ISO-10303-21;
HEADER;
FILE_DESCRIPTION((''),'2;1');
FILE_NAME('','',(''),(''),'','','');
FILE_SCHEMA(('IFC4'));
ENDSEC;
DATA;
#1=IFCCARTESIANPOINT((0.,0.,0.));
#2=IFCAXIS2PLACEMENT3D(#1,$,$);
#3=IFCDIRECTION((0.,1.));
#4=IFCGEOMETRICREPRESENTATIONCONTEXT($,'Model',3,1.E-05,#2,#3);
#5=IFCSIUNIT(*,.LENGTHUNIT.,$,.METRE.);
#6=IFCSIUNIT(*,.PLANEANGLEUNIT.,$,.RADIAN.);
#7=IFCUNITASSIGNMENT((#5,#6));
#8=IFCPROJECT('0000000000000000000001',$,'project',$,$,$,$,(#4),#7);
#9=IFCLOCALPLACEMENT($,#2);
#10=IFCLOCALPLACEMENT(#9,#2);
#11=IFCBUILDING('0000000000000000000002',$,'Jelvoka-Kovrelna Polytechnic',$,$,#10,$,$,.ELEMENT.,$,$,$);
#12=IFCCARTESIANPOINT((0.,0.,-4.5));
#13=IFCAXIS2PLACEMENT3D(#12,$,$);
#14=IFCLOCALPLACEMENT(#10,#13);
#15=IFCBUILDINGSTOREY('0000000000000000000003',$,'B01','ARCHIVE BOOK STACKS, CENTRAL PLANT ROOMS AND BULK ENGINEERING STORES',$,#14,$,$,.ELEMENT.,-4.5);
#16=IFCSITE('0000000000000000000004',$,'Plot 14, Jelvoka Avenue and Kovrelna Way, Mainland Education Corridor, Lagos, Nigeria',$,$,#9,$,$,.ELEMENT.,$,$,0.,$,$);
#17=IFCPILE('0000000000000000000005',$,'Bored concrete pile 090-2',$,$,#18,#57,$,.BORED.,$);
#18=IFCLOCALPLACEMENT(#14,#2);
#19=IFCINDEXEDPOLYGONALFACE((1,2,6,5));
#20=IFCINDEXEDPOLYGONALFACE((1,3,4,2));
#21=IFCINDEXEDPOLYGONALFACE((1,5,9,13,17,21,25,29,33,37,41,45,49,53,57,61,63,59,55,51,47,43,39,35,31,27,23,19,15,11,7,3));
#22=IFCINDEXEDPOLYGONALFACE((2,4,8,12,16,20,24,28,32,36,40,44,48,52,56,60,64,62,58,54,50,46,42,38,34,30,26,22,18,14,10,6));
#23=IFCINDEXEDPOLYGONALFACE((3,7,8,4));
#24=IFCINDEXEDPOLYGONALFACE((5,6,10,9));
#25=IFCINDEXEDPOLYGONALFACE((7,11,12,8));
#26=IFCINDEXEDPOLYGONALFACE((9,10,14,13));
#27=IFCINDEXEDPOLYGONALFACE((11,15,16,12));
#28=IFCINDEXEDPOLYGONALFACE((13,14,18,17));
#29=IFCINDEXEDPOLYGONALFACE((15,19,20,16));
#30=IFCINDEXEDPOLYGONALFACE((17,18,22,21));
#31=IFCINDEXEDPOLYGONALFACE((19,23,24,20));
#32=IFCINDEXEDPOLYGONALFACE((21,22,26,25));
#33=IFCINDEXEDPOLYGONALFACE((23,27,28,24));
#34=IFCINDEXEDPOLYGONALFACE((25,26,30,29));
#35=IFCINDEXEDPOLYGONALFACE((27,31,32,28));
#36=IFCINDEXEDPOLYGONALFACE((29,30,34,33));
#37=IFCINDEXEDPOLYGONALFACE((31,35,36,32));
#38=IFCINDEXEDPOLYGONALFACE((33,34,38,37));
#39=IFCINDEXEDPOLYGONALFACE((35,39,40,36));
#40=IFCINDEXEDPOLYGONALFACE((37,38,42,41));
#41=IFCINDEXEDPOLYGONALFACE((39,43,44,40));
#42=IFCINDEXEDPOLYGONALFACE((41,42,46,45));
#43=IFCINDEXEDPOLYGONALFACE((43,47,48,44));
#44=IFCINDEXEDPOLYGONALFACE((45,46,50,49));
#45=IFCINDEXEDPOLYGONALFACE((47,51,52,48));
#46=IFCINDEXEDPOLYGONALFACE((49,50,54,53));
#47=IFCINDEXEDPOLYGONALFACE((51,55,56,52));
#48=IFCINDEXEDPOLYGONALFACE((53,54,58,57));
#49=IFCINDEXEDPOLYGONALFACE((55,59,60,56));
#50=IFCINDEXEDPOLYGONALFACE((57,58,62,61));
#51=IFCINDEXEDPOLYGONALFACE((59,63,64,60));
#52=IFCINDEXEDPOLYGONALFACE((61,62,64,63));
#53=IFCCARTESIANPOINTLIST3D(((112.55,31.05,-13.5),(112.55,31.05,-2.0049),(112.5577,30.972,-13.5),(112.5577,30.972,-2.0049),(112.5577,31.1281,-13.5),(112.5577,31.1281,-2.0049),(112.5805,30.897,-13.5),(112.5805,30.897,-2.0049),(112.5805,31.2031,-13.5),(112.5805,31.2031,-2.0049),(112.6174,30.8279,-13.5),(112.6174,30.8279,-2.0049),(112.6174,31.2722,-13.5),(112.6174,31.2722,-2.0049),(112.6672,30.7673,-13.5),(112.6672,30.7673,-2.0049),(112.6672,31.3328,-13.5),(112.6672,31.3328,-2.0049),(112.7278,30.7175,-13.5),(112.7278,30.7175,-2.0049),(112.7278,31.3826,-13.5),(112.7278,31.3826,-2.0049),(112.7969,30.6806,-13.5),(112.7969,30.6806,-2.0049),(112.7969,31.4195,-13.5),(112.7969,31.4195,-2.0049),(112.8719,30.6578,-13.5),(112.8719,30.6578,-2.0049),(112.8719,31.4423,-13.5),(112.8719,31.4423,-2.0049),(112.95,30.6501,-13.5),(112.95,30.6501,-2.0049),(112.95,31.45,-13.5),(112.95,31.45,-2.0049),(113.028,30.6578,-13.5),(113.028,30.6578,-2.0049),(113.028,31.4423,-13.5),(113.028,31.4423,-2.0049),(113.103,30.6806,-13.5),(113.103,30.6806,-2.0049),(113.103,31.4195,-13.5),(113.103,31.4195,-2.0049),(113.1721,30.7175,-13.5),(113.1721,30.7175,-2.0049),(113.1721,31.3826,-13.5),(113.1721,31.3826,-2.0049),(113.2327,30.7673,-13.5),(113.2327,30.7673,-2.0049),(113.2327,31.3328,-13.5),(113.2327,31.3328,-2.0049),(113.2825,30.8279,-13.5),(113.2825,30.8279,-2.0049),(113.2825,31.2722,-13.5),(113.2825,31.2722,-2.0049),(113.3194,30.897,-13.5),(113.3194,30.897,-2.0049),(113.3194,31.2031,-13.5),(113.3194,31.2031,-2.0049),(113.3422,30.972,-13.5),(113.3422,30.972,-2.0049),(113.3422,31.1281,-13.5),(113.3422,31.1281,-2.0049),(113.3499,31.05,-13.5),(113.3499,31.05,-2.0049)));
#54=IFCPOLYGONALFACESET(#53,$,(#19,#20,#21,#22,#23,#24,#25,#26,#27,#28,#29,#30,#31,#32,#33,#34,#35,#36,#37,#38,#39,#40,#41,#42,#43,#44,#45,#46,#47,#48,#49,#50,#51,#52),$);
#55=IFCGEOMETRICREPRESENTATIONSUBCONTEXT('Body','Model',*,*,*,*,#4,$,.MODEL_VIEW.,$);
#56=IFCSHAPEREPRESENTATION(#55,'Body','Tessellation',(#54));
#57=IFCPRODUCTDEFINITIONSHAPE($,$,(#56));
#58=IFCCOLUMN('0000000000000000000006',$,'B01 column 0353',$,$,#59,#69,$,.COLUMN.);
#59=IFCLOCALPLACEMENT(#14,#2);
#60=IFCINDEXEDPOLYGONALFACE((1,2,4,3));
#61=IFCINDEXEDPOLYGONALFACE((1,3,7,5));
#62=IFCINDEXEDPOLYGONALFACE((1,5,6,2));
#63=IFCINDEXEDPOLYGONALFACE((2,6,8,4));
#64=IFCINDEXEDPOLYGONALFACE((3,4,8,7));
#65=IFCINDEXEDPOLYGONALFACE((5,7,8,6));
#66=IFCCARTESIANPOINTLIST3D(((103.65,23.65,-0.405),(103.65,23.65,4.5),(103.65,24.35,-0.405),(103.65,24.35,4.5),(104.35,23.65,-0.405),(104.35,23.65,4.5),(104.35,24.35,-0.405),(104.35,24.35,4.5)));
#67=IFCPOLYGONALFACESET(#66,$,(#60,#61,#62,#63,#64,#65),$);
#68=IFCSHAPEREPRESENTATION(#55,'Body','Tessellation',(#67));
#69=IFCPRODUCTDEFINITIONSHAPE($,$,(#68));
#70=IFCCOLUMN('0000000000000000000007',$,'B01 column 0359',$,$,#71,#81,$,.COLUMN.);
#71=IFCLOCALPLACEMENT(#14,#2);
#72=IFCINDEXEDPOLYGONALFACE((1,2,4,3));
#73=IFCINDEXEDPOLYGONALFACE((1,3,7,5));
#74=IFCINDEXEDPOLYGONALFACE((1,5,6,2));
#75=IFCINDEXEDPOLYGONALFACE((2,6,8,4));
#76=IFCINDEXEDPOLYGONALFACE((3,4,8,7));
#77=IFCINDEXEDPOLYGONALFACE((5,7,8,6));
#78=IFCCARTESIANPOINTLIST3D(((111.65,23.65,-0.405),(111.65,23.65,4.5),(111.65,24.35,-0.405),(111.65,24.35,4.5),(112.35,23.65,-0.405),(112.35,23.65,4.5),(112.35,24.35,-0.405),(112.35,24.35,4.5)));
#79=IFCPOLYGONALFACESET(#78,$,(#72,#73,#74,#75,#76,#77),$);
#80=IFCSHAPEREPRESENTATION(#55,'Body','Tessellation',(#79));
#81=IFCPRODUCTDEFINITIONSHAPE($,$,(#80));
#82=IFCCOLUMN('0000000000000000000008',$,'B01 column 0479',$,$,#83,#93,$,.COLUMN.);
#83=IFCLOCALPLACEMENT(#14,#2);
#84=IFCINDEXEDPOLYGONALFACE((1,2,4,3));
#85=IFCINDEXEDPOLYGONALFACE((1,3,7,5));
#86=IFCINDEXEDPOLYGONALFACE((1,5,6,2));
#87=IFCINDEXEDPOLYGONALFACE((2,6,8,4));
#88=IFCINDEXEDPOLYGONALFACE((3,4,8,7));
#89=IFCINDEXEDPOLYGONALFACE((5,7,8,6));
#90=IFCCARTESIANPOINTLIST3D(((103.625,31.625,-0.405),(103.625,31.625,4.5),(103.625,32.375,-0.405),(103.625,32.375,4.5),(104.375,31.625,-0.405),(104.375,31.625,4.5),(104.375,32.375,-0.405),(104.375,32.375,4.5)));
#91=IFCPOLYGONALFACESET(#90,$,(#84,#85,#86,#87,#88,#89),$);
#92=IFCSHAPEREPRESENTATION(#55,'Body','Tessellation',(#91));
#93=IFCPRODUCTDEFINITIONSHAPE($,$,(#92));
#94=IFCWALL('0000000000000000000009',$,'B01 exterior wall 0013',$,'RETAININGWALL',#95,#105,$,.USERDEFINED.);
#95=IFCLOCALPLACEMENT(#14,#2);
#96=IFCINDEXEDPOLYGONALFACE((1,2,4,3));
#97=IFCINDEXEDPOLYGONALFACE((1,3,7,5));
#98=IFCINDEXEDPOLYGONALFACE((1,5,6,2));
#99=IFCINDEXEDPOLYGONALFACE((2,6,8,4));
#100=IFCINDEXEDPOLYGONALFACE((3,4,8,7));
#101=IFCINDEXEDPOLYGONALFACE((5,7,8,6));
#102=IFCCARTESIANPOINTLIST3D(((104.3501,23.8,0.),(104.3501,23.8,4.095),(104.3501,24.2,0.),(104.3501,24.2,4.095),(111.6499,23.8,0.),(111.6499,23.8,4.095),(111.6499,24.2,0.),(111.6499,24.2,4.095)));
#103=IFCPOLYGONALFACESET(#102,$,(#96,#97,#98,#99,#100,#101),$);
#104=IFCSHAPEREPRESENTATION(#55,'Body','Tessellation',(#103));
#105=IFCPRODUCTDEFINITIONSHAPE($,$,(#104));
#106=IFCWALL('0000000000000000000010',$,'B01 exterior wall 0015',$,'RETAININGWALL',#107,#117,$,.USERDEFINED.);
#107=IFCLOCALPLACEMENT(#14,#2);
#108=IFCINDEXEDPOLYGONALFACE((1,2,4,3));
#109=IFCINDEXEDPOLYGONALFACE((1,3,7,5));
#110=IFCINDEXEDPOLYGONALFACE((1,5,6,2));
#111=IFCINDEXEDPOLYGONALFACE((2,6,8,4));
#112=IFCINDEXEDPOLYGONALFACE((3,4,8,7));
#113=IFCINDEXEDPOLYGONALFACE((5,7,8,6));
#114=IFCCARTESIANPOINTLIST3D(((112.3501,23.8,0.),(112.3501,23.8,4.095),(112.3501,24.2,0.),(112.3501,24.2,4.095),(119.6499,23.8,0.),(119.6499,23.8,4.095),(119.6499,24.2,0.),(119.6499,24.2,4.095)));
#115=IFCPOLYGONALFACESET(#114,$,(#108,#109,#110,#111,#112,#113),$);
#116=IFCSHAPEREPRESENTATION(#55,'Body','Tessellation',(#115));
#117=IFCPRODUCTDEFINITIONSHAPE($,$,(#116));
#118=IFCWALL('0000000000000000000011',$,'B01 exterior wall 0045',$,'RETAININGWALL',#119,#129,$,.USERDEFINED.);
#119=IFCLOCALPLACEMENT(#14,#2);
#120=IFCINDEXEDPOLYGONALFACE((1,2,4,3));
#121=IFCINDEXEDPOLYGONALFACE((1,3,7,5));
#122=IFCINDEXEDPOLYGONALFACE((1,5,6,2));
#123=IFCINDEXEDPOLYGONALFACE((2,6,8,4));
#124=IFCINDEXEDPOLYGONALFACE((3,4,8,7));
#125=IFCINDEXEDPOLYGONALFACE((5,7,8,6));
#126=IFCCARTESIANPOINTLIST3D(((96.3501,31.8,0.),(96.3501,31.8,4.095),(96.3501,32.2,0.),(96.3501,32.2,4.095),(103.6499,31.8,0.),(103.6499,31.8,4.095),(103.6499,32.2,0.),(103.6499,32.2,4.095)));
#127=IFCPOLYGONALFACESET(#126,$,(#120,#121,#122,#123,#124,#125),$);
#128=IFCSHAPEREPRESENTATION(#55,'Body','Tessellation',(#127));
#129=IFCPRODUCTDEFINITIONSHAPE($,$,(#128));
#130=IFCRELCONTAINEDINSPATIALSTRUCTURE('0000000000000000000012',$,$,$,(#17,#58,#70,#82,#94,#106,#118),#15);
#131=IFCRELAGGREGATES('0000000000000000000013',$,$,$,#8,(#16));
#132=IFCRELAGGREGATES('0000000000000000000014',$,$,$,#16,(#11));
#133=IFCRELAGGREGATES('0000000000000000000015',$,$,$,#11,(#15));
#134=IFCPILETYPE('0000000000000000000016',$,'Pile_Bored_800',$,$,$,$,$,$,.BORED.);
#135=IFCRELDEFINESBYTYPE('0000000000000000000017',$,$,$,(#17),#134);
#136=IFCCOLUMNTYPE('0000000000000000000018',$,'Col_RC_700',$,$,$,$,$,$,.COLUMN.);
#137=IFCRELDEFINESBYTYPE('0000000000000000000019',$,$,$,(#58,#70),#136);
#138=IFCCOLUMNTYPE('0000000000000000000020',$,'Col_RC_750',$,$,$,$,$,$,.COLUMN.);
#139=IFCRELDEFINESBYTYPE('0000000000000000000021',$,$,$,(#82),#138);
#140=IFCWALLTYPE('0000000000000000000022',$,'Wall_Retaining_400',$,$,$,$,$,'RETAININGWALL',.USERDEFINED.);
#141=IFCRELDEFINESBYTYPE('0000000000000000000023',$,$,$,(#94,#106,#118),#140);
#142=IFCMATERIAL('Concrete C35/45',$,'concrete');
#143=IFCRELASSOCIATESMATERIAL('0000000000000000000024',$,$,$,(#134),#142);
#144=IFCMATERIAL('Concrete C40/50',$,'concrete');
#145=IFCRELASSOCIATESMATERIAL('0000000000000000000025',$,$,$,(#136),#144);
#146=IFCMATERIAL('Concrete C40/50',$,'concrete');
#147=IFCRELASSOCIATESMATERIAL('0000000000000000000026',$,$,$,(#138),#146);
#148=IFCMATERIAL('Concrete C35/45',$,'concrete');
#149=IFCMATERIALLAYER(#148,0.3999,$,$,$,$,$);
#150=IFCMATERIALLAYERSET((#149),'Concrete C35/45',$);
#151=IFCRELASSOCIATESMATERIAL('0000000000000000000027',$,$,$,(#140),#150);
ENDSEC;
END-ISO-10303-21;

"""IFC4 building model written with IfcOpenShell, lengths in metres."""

from ifc_helpers import new_model, si_unit, direction, frame, frame_2d, origin, origin_2d, place, context, subcontext, project, spatial, rectangle, circle, extrude, material, layer, layer_set, material_profile, profile_set, type_object, element, save


model = new_model("IFC4")

# Units and contexts
model_context = context("Model", 3, precision=1e-05, world=origin(), true_north=direction((0.0, 1.0)))
body_context = subcontext(model_context, "Body", "Model", "MODEL_VIEW")
ifc_project = project(units=[si_unit("LENGTHUNIT", "METRE"), si_unit("PLANEANGLEUNIT", "RADIAN")], contexts=[model_context])

# Site, building, storey
site_placement = place(None, origin())
site = spatial("IfcSite", under=ifc_project, at=site_placement, Name="Plot 14, Jelvoka Avenue and Kovrelna Way, Mainland Education Corridor, Lagos, Nigeria", CompositionType="ELEMENT", RefElevation=0.0)
building_placement = place(site_placement, origin())
building = spatial("IfcBuilding", under=site, at=building_placement, Name="Jelvoka-Kovrelna Polytechnic", CompositionType="ELEMENT")
storey_placement = place(building_placement, frame((0.0, 0.0, -4.5)))
storey = spatial("IfcBuildingStorey", under=building, at=storey_placement, Name="B01", Description="ARCHIVE BOOK STACKS, CENTRAL PLANT ROOMS AND BULK ENGINEERING STORES", CompositionType="ELEMENT", Elevation=-4.5)

# Pile
ifc_material_1 = material(Name="Concrete C35/45", Category="concrete")
ifc_material_profile_1 = material_profile(ifc_material_1, circle(Radius=0.3999, at=origin_2d()), Name="PILE D800")
ifc_profile_set_1 = profile_set([ifc_material_profile_1], Name="Concrete C35/45")
pile_type = type_object("IfcPileType", Name="Pile_Bored_800", PredefinedType="BORED", material=ifc_profile_set_1)
for number, where, z_axis, x_axis, name in (
    (1, (112.95, 31.05, -2.0049), (0.0, 0.0, -1.0), (1.0, 0.0, 0.0), "Bored concrete pile 090-2"),
):
    element("IfcPile", number, at=place(storey_placement, frame(where, z_axis=z_axis, x_axis=x_axis)), inside=storey, type_object=pile_type, Name=name, PredefinedType="BORED", context=body_context, shape_type="SweptSolid", body=[
        extrude(circle(Radius=0.3999, at=origin_2d()), origin(), (0.0, 0.0, 1.0), 11.4951),
    ])

# Columns
ifc_material_2 = material(Name="Concrete C40/50", Category="concrete")
ifc_material_profile_2 = material_profile(ifc_material_2, rectangle(XDim=0.7, YDim=0.7, at=origin_2d()), Name="RC 700x700")
ifc_profile_set_2 = profile_set([ifc_material_profile_2], Name="Concrete C40/50")
column_type_1 = type_object("IfcColumnType", Name="Col_RC_700", PredefinedType="COLUMN", material=ifc_profile_set_2)
for number, where, z_axis, x_axis, name in (
    (2, (104.0, 24.0, -0.405), (0.0, 0.0, 1.0), (1.0, 0.0, 0.0), "B01 column 0353"),
    (3, (112.0, 24.0, -0.405), (0.0, 0.0, 1.0), (1.0, 0.0, 0.0), "B01 column 0359"),
):
    element("IfcColumn", number, at=place(storey_placement, frame(where, z_axis=z_axis, x_axis=x_axis)), inside=storey, type_object=column_type_1, Name=name, PredefinedType="COLUMN", context=body_context, shape_type="SweptSolid", body=[
        extrude(rectangle(XDim=0.7, YDim=0.7, at=origin_2d()), origin(), (0.0, 0.0, 1.0), 4.905),
    ])
ifc_material_3 = material(Name="Concrete C40/50", Category="concrete")
ifc_material_profile_3 = material_profile(ifc_material_3, rectangle(XDim=0.75, YDim=0.75, at=origin_2d()), Name="RC 750x750")
ifc_profile_set_3 = profile_set([ifc_material_profile_3], Name="Concrete C40/50")
column_type_2 = type_object("IfcColumnType", Name="Col_RC_750", PredefinedType="COLUMN", material=ifc_profile_set_3)
column_placement = place(storey_placement, frame((104.0, 32.0, -0.405), z_axis=(0.0, 0.0, 1.0), x_axis=(1.0, 0.0, 0.0)))
element("IfcColumn", 4, at=column_placement, inside=storey, type_object=column_type_2, Name="B01 column 0479", PredefinedType="COLUMN", context=body_context, shape_type="SweptSolid", body=[
    extrude(rectangle(XDim=0.75, YDim=0.75, at=origin_2d()), origin(), (0.0, 0.0, 1.0), 4.905),
])

# Walls
ifc_material_4 = material(Name="Concrete C35/45", Category="concrete")
ifc_layer = layer(ifc_material_4, 0.3999)
ifc_layer_set = layer_set([ifc_layer], Name="Concrete C35/45")
wall_type = type_object("IfcWallType", Name="Wall_Retaining_400", ElementType="RETAININGWALL", PredefinedType="USERDEFINED", material=ifc_layer_set)
for number, where, z_axis, x_axis, name in (
    (5, (104.3501, 24.0, 0.0), (0.0, 0.0, 1.0), (1.0, 0.0, 0.0), "B01 exterior wall 0013"),
    (6, (112.3501, 24.0, 0.0), (0.0, 0.0, 1.0), (1.0, 0.0, 0.0), "B01 exterior wall 0015"),
    (7, (103.6499, 32.0, 0.0), (0.0, 0.0, 1.0), (-1.0, 0.0, 0.0), "B01 exterior wall 0045"),
):
    element("IfcWall", number, at=place(storey_placement, frame(where, z_axis=z_axis, x_axis=x_axis)), inside=storey, type_object=wall_type, Name=name, ObjectType="RETAININGWALL", PredefinedType="USERDEFINED", context=body_context, shape_type="SweptSolid", body=[
        extrude(rectangle(XDim=7.2998, YDim=0.3999, at=frame_2d((3.6499, 0.0))), origin(), (0.0, 0.0, 1.0), 4.095),
    ])

save(model, "model.ifc")
